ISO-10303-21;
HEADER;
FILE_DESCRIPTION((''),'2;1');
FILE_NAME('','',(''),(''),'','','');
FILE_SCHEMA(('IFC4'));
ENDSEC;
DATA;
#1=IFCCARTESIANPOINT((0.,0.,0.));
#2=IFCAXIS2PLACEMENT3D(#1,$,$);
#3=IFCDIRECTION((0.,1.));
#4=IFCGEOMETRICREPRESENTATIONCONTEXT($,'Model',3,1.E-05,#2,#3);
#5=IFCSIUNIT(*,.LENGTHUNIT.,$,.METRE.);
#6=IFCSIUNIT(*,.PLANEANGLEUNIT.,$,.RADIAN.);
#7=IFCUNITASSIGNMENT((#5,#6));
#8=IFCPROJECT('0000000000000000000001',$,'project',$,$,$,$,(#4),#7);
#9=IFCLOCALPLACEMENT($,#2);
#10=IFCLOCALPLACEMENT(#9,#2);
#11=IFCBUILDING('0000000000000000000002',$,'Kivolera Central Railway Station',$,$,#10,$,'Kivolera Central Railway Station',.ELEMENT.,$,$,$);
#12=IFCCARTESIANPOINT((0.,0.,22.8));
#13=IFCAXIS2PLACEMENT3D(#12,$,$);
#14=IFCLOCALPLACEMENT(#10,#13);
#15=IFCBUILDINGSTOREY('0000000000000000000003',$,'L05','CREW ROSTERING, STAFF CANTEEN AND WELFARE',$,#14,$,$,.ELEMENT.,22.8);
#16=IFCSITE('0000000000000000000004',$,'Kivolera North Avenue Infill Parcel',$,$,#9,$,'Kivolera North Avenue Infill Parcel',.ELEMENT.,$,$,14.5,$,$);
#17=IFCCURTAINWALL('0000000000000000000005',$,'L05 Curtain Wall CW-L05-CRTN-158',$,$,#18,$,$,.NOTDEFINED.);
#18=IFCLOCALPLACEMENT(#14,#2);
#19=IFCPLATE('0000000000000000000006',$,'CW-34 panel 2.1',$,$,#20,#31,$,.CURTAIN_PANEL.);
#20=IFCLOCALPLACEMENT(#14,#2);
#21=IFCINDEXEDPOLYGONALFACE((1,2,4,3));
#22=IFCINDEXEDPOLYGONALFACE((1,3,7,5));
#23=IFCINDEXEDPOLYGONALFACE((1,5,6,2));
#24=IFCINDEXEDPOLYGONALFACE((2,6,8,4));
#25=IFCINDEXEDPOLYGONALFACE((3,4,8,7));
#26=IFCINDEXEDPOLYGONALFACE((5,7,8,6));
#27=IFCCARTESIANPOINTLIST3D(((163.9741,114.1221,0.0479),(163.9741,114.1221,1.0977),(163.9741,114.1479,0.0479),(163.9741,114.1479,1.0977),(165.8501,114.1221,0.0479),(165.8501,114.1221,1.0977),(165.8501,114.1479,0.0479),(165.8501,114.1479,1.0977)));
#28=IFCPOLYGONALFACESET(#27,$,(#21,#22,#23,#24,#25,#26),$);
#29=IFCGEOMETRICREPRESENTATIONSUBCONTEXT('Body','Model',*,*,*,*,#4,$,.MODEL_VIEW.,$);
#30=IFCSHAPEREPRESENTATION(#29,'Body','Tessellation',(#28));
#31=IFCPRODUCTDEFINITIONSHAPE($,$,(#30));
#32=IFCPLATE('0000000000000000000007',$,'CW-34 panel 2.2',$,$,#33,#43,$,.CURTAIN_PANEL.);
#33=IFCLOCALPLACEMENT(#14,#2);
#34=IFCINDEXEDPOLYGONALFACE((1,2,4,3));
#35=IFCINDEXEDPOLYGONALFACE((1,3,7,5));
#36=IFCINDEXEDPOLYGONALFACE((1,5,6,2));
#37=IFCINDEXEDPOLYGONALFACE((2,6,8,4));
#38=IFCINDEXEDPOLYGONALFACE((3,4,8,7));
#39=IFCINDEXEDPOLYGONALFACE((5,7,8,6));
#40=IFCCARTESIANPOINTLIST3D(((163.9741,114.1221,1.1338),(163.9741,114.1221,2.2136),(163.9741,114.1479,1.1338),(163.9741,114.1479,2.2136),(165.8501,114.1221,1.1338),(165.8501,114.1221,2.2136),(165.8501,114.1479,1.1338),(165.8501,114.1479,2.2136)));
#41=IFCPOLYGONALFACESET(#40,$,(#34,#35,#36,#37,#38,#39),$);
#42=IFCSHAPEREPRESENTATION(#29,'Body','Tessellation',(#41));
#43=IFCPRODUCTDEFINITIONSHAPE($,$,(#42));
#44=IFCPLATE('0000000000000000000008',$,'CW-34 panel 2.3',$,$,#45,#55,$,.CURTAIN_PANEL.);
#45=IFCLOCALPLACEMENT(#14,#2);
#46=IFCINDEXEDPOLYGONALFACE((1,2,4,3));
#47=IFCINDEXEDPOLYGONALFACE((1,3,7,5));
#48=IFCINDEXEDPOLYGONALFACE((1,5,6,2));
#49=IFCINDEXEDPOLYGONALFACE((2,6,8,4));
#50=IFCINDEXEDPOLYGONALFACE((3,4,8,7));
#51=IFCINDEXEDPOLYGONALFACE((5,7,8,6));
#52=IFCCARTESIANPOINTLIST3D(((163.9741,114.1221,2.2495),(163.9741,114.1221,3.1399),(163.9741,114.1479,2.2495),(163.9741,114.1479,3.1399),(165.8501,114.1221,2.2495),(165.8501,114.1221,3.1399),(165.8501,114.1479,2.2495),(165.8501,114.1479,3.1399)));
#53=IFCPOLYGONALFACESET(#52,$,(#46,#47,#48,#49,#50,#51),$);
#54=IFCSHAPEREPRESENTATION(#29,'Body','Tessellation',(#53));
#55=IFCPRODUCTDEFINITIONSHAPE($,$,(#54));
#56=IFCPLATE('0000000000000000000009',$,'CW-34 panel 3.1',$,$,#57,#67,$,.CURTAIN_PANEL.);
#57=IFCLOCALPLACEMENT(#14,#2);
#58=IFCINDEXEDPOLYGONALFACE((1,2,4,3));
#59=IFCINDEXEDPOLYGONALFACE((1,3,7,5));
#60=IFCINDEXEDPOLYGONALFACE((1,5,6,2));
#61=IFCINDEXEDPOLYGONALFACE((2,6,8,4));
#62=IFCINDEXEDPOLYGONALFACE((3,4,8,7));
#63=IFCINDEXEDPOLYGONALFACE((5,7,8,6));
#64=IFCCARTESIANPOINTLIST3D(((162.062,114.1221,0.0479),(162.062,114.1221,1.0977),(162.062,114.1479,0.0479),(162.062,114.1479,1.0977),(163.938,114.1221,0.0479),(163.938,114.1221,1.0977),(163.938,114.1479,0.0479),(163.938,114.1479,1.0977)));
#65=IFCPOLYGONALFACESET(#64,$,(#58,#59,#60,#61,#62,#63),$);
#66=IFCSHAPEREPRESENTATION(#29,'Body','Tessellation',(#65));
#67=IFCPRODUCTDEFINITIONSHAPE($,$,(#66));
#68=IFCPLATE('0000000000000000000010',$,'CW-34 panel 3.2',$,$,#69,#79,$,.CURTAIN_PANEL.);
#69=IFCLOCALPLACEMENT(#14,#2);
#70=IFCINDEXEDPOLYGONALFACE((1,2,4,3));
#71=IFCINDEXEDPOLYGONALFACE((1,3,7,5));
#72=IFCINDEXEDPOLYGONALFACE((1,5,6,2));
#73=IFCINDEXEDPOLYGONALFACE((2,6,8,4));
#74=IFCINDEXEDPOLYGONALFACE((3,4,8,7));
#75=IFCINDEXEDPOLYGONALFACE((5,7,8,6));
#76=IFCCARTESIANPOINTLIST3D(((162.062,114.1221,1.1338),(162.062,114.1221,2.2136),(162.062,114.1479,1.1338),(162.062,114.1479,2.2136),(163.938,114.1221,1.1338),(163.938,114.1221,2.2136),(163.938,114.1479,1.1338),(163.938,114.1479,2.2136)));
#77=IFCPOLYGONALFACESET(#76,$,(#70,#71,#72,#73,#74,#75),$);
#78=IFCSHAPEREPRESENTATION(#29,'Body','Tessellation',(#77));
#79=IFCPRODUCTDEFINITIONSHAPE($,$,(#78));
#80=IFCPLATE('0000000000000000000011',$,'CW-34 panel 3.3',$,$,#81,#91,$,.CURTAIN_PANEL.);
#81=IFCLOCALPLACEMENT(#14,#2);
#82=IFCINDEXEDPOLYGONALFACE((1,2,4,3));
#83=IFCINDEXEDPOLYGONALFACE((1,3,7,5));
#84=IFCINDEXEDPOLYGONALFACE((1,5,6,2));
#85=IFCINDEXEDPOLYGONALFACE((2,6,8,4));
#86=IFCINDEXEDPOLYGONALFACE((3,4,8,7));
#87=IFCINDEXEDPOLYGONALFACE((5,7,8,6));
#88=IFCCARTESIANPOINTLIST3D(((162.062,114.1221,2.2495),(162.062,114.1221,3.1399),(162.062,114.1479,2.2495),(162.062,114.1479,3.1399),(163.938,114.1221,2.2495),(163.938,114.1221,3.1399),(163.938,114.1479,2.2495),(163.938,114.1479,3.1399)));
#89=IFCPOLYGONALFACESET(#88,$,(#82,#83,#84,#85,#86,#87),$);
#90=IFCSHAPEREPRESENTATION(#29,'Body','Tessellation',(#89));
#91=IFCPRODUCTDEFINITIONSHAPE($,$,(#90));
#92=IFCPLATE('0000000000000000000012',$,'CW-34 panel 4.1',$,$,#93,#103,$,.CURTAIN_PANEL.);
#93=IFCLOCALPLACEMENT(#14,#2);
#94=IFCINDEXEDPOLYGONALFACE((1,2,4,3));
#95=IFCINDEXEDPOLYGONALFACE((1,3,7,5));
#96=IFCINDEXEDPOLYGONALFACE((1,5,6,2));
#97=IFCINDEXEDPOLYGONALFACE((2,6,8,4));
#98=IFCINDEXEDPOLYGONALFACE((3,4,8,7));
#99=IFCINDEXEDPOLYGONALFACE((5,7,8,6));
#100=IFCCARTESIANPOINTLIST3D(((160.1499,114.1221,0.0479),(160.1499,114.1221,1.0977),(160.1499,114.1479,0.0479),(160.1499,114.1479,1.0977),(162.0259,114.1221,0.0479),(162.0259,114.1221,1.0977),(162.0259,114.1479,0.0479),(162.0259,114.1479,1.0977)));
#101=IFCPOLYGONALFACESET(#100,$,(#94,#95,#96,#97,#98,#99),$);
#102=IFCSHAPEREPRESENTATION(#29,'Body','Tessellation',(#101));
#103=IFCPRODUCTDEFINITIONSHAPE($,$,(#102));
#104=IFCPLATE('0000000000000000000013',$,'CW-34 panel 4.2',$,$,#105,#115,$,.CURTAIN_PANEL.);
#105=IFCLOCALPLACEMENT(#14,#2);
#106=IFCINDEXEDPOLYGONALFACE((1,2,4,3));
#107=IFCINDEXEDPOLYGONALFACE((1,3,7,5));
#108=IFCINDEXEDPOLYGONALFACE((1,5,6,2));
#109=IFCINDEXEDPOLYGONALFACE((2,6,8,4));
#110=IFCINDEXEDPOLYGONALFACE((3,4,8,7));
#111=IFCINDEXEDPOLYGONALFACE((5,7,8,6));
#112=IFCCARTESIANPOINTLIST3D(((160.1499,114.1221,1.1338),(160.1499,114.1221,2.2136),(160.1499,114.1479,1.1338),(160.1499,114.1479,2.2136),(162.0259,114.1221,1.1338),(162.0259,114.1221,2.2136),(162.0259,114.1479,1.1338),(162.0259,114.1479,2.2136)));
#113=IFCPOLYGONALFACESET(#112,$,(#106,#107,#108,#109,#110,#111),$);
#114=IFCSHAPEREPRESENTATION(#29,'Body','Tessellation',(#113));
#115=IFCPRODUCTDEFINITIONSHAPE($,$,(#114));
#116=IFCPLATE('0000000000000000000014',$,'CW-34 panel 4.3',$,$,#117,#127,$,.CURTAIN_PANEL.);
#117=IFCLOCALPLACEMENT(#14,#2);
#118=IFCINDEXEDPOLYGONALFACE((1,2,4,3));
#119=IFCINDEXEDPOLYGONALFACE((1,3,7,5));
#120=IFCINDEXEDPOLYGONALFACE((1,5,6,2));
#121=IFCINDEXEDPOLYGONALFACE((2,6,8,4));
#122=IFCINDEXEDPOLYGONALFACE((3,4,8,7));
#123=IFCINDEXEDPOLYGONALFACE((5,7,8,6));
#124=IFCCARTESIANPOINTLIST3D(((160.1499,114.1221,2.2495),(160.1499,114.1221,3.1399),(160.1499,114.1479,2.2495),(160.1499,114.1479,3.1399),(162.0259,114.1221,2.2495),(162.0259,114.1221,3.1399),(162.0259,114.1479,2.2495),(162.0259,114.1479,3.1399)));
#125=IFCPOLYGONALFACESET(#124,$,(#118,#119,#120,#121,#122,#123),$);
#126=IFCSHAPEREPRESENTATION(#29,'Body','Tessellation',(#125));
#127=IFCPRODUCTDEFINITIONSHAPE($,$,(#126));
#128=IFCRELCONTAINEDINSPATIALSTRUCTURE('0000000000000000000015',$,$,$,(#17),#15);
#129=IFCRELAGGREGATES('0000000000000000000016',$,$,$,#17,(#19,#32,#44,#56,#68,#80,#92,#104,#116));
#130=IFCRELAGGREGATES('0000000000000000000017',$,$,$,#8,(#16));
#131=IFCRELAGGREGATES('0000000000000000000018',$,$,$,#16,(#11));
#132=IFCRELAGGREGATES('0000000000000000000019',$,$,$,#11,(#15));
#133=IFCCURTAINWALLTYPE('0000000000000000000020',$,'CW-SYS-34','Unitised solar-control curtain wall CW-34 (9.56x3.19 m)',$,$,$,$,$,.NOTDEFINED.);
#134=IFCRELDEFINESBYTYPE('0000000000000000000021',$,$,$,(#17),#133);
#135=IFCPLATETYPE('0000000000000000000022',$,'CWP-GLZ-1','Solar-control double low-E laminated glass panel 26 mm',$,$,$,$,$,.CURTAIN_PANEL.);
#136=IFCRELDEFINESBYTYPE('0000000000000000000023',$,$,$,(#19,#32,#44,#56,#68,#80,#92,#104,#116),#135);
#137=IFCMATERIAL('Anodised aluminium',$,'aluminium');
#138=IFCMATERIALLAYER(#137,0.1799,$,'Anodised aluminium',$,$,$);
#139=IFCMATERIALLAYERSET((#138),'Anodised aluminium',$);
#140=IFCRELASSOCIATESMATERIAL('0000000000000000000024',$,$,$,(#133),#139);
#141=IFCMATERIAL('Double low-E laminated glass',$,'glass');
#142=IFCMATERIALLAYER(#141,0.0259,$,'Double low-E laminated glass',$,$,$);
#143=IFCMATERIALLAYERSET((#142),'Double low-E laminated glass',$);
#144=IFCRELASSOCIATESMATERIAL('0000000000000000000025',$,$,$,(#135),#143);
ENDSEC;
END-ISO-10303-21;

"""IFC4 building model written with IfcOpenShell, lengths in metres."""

from ifc_helpers import new_model, si_unit, direction, frame, origin, origin_2d, place, context, subcontext, project, spatial, rectangle, extrude, material, layer, layer_set, type_object, element, aggregate, save


model = new_model("IFC4")

# Units and contexts
model_context = context("Model", 3, precision=1e-05, world=origin(), true_north=direction((0.0, 1.0)))
body_context = subcontext(model_context, "Body", "Model", "MODEL_VIEW")
ifc_project = project(units=[si_unit("LENGTHUNIT", "METRE"), si_unit("PLANEANGLEUNIT", "RADIAN")], contexts=[model_context])

# Site, building, storey
site_placement = place(None, origin())
site = spatial("IfcSite", under=ifc_project, at=site_placement, Name="Kivolera North Avenue Infill Parcel", LongName="Kivolera North Avenue Infill Parcel", CompositionType="ELEMENT", RefElevation=14.5)
building_placement = place(site_placement, origin())
building = spatial("IfcBuilding", under=site, at=building_placement, Name="Kivolera Central Railway Station", LongName="Kivolera Central Railway Station", CompositionType="ELEMENT")
storey_placement = place(building_placement, frame((0.0, 0.0, 22.8)))
storey = spatial("IfcBuildingStorey", under=building, at=storey_placement, Name="L05", Description="CREW ROSTERING, STAFF CANTEEN AND WELFARE", CompositionType="ELEMENT", Elevation=22.8)

# Curtain wall, plates
ifc_material_1 = material(Name="Anodised aluminium", Category="aluminium")
ifc_layer_1 = layer(ifc_material_1, 0.1799, Name="Anodised aluminium")
ifc_layer_set_1 = layer_set([ifc_layer_1], Name="Anodised aluminium")
curtain_wall_type = type_object("IfcCurtainWallType", Name="CW-SYS-34", Description="Unitised solar-control curtain wall CW-34 (9.56x3.19 m)", PredefinedType="NOTDEFINED", material=ifc_layer_set_1)
curtain_wall_placement = place(storey_placement, origin())
curtain_wall = element("IfcCurtainWall", 1, at=curtain_wall_placement, inside=storey, type_object=curtain_wall_type, Name="L05 Curtain Wall CW-L05-CRTN-158", PredefinedType="NOTDEFINED")
ifc_material_2 = material(Name="Double low-E laminated glass", Category="glass")
ifc_layer_2 = layer(ifc_material_2, 0.0259, Name="Double low-E laminated glass")
ifc_layer_set_2 = layer_set([ifc_layer_2], Name="Double low-E laminated glass")
plate_type = type_object("IfcPlateType", Name="CWP-GLZ-1", Description="Solar-control double low-E laminated glass panel 26 mm", PredefinedType="CURTAIN_PANEL", material=ifc_layer_set_2)
plate_1_placement = place(storey_placement, frame((164.9121, 114.135, 0.0479), z_axis=(0.0, 0.0, 1.0), x_axis=(-1.0, 0.0, 0.0)))
plate_1 = element("IfcPlate", 2, at=plate_1_placement, type_object=plate_type, Name="CW-34 panel 2.1", PredefinedType="CURTAIN_PANEL", context=body_context, shape_type="SweptSolid", body=[
    extrude(rectangle(XDim=1.876, YDim=0.0259, at=origin_2d()), origin(), (0.0, 0.0, 1.0), 1.0498),
])
plate_2_placement = place(storey_placement, frame((164.9121, 114.135, 1.1338), z_axis=(0.0, 0.0, 1.0), x_axis=(-1.0, 0.0, 0.0)))
plate_2 = element("IfcPlate", 3, at=plate_2_placement, type_object=plate_type, Name="CW-34 panel 2.2", PredefinedType="CURTAIN_PANEL", context=body_context, shape_type="SweptSolid", body=[
    extrude(rectangle(XDim=1.876, YDim=0.0259, at=origin_2d()), origin(), (0.0, 0.0, 1.0), 1.0798),
])
plate_3_placement = place(storey_placement, frame((164.9121, 114.135, 2.2495), z_axis=(0.0, 0.0, 1.0), x_axis=(-1.0, 0.0, 0.0)))
plate_3 = element("IfcPlate", 4, at=plate_3_placement, type_object=plate_type, Name="CW-34 panel 2.3", PredefinedType="CURTAIN_PANEL", context=body_context, shape_type="SweptSolid", body=[
    extrude(rectangle(XDim=1.876, YDim=0.0259, at=origin_2d()), origin(), (0.0, 0.0, 1.0), 0.8904),
])
plate_4_placement = place(storey_placement, frame((163.0, 114.135, 0.0479), z_axis=(0.0, 0.0, 1.0), x_axis=(-1.0, 0.0, 0.0)))
plate_4 = element("IfcPlate", 5, at=plate_4_placement, type_object=plate_type, Name="CW-34 panel 3.1", PredefinedType="CURTAIN_PANEL", context=body_context, shape_type="SweptSolid", body=[
    extrude(rectangle(XDim=1.876, YDim=0.0259, at=origin_2d()), origin(), (0.0, 0.0, 1.0), 1.0498),
])
plate_5_placement = place(storey_placement, frame((163.0, 114.135, 1.1338), z_axis=(0.0, 0.0, 1.0), x_axis=(-1.0, 0.0, 0.0)))
plate_5 = element("IfcPlate", 6, at=plate_5_placement, type_object=plate_type, Name="CW-34 panel 3.2", PredefinedType="CURTAIN_PANEL", context=body_context, shape_type="SweptSolid", body=[
    extrude(rectangle(XDim=1.876, YDim=0.0259, at=origin_2d()), origin(), (0.0, 0.0, 1.0), 1.0798),
])
plate_6_placement = place(storey_placement, frame((163.0, 114.135, 2.2495), z_axis=(0.0, 0.0, 1.0), x_axis=(-1.0, 0.0, 0.0)))
plate_6 = element("IfcPlate", 7, at=plate_6_placement, type_object=plate_type, Name="CW-34 panel 3.3", PredefinedType="CURTAIN_PANEL", context=body_context, shape_type="SweptSolid", body=[
    extrude(rectangle(XDim=1.876, YDim=0.0259, at=origin_2d()), origin(), (0.0, 0.0, 1.0), 0.8904),
])
plate_7_placement = place(storey_placement, frame((161.0879, 114.135, 0.0479), z_axis=(0.0, 0.0, 1.0), x_axis=(-1.0, 0.0, 0.0)))
plate_7 = element("IfcPlate", 8, at=plate_7_placement, type_object=plate_type, Name="CW-34 panel 4.1", PredefinedType="CURTAIN_PANEL", context=body_context, shape_type="SweptSolid", body=[
    extrude(rectangle(XDim=1.876, YDim=0.0259, at=origin_2d()), origin(), (0.0, 0.0, 1.0), 1.0498),
])
plate_8_placement = place(storey_placement, frame((161.0879, 114.135, 1.1338), z_axis=(0.0, 0.0, 1.0), x_axis=(-1.0, 0.0, 0.0)))
plate_8 = element("IfcPlate", 9, at=plate_8_placement, type_object=plate_type, Name="CW-34 panel 4.2", PredefinedType="CURTAIN_PANEL", context=body_context, shape_type="SweptSolid", body=[
    extrude(rectangle(XDim=1.876, YDim=0.0259, at=origin_2d()), origin(), (0.0, 0.0, 1.0), 1.0798),
])
plate_9_placement = place(storey_placement, frame((161.0879, 114.135, 2.2495), z_axis=(0.0, 0.0, 1.0), x_axis=(-1.0, 0.0, 0.0)))
plate_9 = element("IfcPlate", 10, at=plate_9_placement, type_object=plate_type, Name="CW-34 panel 4.3", PredefinedType="CURTAIN_PANEL", context=body_context, shape_type="SweptSolid", body=[
    extrude(rectangle(XDim=1.876, YDim=0.0259, at=origin_2d()), origin(), (0.0, 0.0, 1.0), 0.8904),
])
aggregate(curtain_wall, [plate_1, plate_2, plate_3, plate_4, plate_5, plate_6, plate_7, plate_8, plate_9])

save(model, "model.ifc")
